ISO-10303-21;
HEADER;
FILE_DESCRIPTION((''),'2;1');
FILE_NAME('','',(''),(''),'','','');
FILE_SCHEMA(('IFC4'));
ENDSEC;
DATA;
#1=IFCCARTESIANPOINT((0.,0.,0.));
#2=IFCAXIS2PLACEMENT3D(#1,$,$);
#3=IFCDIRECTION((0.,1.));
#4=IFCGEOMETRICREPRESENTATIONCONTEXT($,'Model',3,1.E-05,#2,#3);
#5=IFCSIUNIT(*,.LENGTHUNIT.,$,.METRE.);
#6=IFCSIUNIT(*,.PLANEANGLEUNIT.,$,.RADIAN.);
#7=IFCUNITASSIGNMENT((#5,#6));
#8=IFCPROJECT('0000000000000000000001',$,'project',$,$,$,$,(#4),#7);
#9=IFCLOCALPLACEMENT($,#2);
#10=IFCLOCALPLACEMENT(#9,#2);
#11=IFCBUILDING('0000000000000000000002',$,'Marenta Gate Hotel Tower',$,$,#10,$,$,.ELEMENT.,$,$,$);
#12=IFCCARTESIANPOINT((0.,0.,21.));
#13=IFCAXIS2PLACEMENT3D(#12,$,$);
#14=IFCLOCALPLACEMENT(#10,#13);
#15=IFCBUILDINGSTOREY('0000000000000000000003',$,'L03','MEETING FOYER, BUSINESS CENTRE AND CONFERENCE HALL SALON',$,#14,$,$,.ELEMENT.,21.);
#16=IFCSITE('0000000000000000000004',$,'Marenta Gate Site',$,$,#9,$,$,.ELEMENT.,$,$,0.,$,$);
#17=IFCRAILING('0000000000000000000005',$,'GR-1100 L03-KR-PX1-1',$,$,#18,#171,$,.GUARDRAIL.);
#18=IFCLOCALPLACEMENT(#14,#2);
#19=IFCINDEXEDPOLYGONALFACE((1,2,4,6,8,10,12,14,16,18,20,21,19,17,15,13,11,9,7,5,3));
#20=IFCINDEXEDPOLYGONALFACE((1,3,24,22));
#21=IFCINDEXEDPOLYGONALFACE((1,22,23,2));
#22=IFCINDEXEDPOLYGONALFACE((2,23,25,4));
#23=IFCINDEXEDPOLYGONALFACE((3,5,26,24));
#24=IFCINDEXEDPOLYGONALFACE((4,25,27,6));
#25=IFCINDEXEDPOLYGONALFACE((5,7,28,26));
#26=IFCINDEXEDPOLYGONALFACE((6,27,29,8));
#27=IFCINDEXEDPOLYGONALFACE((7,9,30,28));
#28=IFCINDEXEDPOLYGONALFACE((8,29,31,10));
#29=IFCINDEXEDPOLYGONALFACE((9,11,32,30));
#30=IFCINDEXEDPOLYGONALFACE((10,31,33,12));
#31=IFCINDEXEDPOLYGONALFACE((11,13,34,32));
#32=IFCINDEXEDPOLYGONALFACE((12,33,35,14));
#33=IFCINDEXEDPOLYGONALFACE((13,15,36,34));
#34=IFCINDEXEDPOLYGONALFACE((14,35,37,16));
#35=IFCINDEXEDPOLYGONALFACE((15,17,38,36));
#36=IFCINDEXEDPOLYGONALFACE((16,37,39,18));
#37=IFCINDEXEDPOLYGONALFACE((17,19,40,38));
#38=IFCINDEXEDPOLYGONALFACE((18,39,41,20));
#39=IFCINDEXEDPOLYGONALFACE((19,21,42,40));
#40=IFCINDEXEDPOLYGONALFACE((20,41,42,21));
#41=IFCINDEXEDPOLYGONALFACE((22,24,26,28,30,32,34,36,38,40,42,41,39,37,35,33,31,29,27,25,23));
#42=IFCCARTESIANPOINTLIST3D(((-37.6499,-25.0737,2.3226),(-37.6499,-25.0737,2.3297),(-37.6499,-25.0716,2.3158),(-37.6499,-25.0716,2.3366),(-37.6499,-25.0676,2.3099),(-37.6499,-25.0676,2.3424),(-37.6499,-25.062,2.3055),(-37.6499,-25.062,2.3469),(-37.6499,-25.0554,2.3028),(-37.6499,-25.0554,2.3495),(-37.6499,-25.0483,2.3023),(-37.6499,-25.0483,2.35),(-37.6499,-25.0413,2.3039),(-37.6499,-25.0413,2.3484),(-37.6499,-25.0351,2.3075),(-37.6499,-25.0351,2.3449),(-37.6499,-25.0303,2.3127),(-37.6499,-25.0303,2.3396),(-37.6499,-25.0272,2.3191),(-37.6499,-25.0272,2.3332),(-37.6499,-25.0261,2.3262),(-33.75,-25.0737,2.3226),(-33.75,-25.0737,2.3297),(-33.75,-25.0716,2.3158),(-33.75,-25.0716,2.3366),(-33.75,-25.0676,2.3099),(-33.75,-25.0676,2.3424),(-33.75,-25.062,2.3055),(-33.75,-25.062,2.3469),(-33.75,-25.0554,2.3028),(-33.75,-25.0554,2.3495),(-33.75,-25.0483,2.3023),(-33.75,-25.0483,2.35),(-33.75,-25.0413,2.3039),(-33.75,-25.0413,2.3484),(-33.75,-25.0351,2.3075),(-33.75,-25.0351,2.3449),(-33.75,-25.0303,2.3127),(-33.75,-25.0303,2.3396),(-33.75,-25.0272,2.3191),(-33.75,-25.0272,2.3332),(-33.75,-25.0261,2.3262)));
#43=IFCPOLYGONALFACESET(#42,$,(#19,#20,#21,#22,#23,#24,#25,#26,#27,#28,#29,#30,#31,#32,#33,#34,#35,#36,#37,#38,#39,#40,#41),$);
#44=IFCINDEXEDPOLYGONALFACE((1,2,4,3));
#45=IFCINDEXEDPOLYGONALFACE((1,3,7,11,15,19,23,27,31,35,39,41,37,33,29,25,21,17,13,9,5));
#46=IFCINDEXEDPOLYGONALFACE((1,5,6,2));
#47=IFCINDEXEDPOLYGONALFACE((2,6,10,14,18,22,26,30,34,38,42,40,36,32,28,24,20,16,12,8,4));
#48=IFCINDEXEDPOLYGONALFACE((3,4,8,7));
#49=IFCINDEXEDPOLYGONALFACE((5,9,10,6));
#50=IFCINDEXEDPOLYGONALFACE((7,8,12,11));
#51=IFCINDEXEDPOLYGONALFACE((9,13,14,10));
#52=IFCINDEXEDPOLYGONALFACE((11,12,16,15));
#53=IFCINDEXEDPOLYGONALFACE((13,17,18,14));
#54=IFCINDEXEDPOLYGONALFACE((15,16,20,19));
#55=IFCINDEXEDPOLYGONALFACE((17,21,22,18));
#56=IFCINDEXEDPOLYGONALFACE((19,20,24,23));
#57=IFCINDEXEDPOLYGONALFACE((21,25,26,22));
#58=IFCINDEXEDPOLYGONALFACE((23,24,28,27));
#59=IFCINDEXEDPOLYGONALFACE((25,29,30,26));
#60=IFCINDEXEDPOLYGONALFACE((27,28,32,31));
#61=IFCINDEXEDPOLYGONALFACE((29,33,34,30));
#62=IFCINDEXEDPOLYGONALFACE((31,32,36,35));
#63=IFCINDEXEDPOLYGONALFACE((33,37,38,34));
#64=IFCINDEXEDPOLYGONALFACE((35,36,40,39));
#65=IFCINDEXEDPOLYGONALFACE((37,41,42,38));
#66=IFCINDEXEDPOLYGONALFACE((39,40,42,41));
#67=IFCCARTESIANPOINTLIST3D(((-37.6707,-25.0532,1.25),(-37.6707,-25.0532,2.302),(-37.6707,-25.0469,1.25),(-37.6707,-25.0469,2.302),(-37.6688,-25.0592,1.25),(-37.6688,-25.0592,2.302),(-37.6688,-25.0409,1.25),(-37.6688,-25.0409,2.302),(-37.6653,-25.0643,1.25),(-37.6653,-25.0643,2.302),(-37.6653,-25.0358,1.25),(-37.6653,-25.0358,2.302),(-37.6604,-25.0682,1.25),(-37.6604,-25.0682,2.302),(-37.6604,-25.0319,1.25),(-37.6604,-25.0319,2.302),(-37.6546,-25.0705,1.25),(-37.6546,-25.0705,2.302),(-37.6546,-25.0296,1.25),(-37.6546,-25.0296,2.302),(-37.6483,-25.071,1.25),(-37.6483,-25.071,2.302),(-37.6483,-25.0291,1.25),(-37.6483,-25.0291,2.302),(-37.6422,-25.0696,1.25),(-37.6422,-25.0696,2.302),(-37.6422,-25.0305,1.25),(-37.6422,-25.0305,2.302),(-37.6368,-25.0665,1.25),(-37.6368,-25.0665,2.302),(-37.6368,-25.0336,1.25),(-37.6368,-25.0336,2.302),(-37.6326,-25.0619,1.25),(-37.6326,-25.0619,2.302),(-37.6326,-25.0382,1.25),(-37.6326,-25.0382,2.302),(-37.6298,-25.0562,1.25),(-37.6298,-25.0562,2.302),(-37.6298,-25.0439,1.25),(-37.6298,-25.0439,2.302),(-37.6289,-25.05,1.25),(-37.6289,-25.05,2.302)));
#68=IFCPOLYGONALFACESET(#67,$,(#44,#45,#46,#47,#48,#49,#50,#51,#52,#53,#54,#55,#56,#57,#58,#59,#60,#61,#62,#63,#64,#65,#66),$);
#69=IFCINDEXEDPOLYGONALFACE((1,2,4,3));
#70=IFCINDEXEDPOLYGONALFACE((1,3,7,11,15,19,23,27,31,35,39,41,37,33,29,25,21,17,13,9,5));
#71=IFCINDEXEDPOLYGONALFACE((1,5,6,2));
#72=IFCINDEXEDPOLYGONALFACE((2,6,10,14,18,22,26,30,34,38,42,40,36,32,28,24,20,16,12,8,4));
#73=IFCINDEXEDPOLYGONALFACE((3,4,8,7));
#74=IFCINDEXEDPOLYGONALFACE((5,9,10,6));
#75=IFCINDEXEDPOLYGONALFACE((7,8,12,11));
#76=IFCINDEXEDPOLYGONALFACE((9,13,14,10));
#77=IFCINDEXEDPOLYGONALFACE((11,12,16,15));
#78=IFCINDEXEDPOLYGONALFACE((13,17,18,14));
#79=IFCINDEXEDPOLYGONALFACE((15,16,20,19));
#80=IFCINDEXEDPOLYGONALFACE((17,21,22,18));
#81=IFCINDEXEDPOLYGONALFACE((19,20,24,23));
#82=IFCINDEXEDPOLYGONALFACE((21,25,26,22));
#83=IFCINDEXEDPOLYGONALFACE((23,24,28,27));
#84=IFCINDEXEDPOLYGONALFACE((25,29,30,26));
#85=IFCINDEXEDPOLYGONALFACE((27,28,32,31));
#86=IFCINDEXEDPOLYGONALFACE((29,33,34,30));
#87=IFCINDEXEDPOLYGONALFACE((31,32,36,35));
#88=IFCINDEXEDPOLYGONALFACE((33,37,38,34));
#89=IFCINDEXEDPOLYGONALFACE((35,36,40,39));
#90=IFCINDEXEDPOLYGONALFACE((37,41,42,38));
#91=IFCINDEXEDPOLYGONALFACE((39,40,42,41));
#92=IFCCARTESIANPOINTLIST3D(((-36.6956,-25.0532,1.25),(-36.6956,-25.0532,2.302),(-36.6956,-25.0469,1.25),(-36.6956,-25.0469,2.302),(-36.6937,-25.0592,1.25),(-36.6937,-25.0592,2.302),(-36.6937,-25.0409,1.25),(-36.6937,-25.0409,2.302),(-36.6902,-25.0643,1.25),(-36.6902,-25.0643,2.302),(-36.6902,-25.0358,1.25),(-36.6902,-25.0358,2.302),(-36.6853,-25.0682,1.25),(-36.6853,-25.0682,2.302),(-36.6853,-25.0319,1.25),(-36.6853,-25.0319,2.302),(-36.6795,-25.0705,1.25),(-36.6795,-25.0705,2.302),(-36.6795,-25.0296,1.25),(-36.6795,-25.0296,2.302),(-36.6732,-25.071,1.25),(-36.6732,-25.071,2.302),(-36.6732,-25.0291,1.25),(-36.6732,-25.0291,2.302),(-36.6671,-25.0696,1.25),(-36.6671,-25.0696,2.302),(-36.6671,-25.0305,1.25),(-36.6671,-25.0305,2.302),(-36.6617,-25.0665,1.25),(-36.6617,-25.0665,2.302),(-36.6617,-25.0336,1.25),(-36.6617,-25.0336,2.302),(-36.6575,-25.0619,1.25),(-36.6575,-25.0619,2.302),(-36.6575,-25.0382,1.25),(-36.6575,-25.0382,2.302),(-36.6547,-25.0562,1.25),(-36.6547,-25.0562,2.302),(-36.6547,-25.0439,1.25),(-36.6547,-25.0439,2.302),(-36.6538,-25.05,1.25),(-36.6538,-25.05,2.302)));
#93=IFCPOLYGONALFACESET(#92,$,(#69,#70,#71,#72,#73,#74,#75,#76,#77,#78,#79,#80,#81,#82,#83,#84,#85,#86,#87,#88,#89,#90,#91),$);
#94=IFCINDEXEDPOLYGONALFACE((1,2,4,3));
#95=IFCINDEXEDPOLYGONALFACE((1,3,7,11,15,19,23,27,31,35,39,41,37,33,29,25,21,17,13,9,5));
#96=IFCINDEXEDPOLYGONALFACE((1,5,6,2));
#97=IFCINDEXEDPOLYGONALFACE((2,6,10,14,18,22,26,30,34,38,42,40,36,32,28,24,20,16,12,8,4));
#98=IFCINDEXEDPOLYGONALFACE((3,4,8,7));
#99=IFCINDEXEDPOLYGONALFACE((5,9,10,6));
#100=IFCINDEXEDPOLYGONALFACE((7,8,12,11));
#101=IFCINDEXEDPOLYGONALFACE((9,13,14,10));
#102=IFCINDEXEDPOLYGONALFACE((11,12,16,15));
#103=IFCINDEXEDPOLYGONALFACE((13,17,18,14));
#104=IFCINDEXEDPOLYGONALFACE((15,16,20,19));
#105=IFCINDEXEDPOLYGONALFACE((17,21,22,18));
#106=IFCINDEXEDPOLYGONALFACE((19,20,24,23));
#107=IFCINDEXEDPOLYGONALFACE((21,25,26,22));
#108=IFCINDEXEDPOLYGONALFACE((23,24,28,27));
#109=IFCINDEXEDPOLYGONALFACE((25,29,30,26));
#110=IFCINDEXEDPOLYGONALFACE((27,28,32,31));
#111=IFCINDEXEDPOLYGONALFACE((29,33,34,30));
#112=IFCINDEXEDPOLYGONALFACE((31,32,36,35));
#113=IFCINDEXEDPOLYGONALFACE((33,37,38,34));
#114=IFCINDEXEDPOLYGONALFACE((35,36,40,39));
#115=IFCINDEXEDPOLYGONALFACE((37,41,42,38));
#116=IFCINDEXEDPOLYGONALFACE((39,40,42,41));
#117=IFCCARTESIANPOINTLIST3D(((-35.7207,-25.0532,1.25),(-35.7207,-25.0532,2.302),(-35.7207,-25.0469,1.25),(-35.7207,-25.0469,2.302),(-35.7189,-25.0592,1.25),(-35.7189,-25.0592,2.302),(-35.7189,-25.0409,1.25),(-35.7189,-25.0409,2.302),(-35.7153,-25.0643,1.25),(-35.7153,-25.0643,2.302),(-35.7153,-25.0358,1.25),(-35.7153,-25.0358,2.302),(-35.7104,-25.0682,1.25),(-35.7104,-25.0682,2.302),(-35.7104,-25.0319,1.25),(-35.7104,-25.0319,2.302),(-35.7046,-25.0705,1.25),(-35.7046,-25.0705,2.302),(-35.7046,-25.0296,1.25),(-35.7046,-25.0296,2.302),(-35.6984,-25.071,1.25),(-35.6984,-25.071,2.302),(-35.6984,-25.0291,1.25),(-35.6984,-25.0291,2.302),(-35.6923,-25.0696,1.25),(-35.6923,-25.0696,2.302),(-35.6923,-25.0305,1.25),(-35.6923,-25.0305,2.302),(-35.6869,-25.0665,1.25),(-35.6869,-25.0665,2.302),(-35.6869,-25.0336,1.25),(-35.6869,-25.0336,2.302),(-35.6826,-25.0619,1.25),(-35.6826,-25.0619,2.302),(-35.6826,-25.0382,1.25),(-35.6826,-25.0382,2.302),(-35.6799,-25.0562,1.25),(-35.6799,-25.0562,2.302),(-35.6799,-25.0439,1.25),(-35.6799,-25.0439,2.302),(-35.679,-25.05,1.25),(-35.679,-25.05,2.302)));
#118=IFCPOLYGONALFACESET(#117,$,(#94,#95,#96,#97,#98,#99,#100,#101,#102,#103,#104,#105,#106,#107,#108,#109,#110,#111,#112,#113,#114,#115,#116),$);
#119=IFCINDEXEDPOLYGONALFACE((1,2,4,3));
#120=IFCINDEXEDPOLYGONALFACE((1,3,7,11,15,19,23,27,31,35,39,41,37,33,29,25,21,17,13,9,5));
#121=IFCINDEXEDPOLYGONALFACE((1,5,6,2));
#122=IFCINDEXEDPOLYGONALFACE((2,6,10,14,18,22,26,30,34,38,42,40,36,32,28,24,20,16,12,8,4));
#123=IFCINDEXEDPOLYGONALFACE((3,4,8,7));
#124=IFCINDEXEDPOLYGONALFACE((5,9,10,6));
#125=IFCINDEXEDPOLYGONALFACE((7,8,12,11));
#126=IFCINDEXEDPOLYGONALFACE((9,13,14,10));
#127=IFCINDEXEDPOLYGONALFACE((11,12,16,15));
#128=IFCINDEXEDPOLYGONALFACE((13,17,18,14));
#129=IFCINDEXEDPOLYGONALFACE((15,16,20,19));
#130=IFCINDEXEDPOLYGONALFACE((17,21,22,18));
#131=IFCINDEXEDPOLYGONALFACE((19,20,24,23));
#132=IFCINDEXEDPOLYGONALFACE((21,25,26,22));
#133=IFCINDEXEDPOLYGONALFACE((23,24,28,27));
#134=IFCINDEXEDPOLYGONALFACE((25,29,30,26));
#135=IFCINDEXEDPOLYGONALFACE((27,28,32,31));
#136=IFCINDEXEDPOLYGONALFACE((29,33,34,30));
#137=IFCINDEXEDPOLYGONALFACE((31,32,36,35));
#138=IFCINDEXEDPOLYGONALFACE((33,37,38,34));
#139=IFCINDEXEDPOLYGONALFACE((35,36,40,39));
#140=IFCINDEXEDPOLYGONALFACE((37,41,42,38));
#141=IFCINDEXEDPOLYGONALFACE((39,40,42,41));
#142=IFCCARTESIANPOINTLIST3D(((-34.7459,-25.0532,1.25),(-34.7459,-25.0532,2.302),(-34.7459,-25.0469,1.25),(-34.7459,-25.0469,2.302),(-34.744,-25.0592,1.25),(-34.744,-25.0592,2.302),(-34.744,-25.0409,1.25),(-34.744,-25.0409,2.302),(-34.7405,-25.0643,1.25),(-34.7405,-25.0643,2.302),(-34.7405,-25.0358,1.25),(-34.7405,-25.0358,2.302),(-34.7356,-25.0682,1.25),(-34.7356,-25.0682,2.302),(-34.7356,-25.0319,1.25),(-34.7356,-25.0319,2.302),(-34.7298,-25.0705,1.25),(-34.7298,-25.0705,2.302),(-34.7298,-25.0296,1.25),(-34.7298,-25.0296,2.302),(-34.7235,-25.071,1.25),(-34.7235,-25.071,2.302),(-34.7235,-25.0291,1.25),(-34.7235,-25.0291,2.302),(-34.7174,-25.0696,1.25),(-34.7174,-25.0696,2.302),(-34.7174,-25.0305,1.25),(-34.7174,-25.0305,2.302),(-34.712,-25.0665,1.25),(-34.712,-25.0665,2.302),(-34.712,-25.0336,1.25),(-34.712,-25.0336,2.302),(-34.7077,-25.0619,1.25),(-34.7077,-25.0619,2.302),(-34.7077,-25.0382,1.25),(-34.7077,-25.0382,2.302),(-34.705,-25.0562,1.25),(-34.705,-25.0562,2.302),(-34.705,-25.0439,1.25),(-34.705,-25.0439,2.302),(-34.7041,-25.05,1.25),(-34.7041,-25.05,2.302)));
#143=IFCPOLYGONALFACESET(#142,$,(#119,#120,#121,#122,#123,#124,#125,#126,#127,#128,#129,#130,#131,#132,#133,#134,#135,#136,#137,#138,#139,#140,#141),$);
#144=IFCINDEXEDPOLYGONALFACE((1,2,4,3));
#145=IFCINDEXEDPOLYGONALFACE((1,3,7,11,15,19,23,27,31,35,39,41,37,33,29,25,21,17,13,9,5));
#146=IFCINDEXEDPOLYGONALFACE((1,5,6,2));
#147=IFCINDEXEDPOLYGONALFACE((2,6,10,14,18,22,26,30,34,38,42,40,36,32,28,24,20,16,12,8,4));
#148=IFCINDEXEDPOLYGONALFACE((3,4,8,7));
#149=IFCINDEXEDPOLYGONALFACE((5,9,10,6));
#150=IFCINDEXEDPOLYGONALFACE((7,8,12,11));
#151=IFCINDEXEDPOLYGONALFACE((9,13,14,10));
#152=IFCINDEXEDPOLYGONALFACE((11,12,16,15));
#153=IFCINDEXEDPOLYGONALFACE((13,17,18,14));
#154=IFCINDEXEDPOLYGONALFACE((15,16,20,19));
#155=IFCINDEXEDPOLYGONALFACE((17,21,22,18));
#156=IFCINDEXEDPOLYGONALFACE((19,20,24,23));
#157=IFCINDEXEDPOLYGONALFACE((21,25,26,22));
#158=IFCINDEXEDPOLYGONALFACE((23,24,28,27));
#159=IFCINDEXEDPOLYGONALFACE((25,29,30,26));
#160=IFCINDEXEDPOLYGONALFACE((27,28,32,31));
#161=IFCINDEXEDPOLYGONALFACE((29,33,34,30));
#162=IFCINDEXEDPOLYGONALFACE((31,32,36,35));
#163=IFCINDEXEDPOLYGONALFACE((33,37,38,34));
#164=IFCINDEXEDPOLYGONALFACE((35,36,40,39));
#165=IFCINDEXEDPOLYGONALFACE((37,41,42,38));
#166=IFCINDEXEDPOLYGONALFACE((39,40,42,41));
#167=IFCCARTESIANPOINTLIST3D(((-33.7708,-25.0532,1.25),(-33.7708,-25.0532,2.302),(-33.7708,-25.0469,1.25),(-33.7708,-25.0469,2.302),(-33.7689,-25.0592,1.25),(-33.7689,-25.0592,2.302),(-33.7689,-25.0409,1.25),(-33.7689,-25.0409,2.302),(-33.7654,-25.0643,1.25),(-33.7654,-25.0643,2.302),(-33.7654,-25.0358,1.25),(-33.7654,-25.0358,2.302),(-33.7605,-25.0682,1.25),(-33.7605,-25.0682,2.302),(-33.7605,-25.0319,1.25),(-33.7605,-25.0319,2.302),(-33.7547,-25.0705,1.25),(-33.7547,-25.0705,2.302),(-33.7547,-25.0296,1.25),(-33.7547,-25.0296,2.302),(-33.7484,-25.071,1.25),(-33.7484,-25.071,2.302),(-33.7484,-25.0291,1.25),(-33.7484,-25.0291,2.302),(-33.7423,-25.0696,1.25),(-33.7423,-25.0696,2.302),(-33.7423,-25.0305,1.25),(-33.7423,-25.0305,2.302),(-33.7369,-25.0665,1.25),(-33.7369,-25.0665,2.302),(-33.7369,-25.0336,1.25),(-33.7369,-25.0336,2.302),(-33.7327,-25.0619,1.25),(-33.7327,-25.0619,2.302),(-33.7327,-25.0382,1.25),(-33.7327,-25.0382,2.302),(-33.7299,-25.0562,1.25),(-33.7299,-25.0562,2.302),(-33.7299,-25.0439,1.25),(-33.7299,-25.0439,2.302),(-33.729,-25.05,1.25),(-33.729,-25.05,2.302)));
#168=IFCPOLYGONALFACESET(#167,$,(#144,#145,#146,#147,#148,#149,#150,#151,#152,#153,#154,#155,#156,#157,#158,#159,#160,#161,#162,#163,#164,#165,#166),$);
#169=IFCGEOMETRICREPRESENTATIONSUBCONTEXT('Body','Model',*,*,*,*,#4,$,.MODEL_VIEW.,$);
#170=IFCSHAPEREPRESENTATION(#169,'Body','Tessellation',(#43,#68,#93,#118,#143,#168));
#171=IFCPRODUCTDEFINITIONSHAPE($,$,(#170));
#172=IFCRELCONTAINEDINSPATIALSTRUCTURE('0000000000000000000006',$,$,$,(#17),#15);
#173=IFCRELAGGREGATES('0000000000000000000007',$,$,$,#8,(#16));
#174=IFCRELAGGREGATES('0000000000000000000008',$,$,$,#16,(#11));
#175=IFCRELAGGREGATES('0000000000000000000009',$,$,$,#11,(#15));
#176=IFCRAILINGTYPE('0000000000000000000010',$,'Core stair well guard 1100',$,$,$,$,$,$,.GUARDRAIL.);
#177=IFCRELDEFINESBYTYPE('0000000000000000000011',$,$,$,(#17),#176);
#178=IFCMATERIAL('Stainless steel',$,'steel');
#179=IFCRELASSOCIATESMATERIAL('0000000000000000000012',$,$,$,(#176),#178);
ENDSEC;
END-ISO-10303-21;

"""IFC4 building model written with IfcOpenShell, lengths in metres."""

from ifc_helpers import new_model, si_unit, direction, frame, origin, origin_2d, place, context, subcontext, project, spatial, circle, extrude, material, type_object, element, save


model = new_model("IFC4")

# Units and contexts
model_context = context("Model", 3, precision=1e-05, world=origin(), true_north=direction((0.0, 1.0)))
body_context = subcontext(model_context, "Body", "Model", "MODEL_VIEW")
ifc_project = project(units=[si_unit("LENGTHUNIT", "METRE"), si_unit("PLANEANGLEUNIT", "RADIAN")], contexts=[model_context])

# Site, building, storey
site_placement = place(None, origin())
site = spatial("IfcSite", under=ifc_project, at=site_placement, Name="Marenta Gate Site", CompositionType="ELEMENT", RefElevation=0.0)
building_placement = place(site_placement, origin())
building = spatial("IfcBuilding", under=site, at=building_placement, Name="Marenta Gate Hotel Tower", CompositionType="ELEMENT")
storey_placement = place(building_placement, frame((0.0, 0.0, 21.0)))
storey = spatial("IfcBuildingStorey", under=building, at=storey_placement, Name="L03", Description="MEETING FOYER, BUSINESS CENTRE AND CONFERENCE HALL SALON", CompositionType="ELEMENT", Elevation=21.0)

# Railing
ifc_material_1 = material(Name="Stainless steel", Category="steel")
railing_type_1 = type_object("IfcRailingType", Name="Core stair well guard 1100", PredefinedType="GUARDRAIL", material=ifc_material_1)
railing_1_placement = place(storey_placement, frame((-37.6499, -25.05, 1.25)))
element("IfcRailing", 1, at=railing_1_placement, inside=storey, type_object=railing_type_1, Name="GR-1100 L03-KR-PX1-1", PredefinedType="GUARDRAIL", context=body_context, shape_type="SweptSolid", body=[
    extrude(circle(Radius=0.0239, at=origin_2d()), frame((0.0, 0.0, 1.0762), z_axis=(1.0, 0.0, 0.0), x_axis=(0.0, 1.0, 0.0)), (0.0, 0.0, 1.0), 3.8999),
    extrude(circle(Radius=0.021, at=origin_2d()), origin(), (0.0, 0.0, 1.0), 1.052),
    extrude(circle(Radius=0.021, at=origin_2d()), frame((0.9751, 0.0, 0.0)), (0.0, 0.0, 1.0), 1.052),
    extrude(circle(Radius=0.021, at=origin_2d()), frame((1.95, 0.0, 0.0)), (0.0, 0.0, 1.0), 1.052),
    extrude(circle(Radius=0.021, at=origin_2d()), frame((2.9248, 0.0, 0.0)), (0.0, 0.0, 1.0), 1.052),
    extrude(circle(Radius=0.021, at=origin_2d()), frame((3.8999, 0.0, 0.0)), (0.0, 0.0, 1.0), 1.052),
])

save(model, "model.ifc")
